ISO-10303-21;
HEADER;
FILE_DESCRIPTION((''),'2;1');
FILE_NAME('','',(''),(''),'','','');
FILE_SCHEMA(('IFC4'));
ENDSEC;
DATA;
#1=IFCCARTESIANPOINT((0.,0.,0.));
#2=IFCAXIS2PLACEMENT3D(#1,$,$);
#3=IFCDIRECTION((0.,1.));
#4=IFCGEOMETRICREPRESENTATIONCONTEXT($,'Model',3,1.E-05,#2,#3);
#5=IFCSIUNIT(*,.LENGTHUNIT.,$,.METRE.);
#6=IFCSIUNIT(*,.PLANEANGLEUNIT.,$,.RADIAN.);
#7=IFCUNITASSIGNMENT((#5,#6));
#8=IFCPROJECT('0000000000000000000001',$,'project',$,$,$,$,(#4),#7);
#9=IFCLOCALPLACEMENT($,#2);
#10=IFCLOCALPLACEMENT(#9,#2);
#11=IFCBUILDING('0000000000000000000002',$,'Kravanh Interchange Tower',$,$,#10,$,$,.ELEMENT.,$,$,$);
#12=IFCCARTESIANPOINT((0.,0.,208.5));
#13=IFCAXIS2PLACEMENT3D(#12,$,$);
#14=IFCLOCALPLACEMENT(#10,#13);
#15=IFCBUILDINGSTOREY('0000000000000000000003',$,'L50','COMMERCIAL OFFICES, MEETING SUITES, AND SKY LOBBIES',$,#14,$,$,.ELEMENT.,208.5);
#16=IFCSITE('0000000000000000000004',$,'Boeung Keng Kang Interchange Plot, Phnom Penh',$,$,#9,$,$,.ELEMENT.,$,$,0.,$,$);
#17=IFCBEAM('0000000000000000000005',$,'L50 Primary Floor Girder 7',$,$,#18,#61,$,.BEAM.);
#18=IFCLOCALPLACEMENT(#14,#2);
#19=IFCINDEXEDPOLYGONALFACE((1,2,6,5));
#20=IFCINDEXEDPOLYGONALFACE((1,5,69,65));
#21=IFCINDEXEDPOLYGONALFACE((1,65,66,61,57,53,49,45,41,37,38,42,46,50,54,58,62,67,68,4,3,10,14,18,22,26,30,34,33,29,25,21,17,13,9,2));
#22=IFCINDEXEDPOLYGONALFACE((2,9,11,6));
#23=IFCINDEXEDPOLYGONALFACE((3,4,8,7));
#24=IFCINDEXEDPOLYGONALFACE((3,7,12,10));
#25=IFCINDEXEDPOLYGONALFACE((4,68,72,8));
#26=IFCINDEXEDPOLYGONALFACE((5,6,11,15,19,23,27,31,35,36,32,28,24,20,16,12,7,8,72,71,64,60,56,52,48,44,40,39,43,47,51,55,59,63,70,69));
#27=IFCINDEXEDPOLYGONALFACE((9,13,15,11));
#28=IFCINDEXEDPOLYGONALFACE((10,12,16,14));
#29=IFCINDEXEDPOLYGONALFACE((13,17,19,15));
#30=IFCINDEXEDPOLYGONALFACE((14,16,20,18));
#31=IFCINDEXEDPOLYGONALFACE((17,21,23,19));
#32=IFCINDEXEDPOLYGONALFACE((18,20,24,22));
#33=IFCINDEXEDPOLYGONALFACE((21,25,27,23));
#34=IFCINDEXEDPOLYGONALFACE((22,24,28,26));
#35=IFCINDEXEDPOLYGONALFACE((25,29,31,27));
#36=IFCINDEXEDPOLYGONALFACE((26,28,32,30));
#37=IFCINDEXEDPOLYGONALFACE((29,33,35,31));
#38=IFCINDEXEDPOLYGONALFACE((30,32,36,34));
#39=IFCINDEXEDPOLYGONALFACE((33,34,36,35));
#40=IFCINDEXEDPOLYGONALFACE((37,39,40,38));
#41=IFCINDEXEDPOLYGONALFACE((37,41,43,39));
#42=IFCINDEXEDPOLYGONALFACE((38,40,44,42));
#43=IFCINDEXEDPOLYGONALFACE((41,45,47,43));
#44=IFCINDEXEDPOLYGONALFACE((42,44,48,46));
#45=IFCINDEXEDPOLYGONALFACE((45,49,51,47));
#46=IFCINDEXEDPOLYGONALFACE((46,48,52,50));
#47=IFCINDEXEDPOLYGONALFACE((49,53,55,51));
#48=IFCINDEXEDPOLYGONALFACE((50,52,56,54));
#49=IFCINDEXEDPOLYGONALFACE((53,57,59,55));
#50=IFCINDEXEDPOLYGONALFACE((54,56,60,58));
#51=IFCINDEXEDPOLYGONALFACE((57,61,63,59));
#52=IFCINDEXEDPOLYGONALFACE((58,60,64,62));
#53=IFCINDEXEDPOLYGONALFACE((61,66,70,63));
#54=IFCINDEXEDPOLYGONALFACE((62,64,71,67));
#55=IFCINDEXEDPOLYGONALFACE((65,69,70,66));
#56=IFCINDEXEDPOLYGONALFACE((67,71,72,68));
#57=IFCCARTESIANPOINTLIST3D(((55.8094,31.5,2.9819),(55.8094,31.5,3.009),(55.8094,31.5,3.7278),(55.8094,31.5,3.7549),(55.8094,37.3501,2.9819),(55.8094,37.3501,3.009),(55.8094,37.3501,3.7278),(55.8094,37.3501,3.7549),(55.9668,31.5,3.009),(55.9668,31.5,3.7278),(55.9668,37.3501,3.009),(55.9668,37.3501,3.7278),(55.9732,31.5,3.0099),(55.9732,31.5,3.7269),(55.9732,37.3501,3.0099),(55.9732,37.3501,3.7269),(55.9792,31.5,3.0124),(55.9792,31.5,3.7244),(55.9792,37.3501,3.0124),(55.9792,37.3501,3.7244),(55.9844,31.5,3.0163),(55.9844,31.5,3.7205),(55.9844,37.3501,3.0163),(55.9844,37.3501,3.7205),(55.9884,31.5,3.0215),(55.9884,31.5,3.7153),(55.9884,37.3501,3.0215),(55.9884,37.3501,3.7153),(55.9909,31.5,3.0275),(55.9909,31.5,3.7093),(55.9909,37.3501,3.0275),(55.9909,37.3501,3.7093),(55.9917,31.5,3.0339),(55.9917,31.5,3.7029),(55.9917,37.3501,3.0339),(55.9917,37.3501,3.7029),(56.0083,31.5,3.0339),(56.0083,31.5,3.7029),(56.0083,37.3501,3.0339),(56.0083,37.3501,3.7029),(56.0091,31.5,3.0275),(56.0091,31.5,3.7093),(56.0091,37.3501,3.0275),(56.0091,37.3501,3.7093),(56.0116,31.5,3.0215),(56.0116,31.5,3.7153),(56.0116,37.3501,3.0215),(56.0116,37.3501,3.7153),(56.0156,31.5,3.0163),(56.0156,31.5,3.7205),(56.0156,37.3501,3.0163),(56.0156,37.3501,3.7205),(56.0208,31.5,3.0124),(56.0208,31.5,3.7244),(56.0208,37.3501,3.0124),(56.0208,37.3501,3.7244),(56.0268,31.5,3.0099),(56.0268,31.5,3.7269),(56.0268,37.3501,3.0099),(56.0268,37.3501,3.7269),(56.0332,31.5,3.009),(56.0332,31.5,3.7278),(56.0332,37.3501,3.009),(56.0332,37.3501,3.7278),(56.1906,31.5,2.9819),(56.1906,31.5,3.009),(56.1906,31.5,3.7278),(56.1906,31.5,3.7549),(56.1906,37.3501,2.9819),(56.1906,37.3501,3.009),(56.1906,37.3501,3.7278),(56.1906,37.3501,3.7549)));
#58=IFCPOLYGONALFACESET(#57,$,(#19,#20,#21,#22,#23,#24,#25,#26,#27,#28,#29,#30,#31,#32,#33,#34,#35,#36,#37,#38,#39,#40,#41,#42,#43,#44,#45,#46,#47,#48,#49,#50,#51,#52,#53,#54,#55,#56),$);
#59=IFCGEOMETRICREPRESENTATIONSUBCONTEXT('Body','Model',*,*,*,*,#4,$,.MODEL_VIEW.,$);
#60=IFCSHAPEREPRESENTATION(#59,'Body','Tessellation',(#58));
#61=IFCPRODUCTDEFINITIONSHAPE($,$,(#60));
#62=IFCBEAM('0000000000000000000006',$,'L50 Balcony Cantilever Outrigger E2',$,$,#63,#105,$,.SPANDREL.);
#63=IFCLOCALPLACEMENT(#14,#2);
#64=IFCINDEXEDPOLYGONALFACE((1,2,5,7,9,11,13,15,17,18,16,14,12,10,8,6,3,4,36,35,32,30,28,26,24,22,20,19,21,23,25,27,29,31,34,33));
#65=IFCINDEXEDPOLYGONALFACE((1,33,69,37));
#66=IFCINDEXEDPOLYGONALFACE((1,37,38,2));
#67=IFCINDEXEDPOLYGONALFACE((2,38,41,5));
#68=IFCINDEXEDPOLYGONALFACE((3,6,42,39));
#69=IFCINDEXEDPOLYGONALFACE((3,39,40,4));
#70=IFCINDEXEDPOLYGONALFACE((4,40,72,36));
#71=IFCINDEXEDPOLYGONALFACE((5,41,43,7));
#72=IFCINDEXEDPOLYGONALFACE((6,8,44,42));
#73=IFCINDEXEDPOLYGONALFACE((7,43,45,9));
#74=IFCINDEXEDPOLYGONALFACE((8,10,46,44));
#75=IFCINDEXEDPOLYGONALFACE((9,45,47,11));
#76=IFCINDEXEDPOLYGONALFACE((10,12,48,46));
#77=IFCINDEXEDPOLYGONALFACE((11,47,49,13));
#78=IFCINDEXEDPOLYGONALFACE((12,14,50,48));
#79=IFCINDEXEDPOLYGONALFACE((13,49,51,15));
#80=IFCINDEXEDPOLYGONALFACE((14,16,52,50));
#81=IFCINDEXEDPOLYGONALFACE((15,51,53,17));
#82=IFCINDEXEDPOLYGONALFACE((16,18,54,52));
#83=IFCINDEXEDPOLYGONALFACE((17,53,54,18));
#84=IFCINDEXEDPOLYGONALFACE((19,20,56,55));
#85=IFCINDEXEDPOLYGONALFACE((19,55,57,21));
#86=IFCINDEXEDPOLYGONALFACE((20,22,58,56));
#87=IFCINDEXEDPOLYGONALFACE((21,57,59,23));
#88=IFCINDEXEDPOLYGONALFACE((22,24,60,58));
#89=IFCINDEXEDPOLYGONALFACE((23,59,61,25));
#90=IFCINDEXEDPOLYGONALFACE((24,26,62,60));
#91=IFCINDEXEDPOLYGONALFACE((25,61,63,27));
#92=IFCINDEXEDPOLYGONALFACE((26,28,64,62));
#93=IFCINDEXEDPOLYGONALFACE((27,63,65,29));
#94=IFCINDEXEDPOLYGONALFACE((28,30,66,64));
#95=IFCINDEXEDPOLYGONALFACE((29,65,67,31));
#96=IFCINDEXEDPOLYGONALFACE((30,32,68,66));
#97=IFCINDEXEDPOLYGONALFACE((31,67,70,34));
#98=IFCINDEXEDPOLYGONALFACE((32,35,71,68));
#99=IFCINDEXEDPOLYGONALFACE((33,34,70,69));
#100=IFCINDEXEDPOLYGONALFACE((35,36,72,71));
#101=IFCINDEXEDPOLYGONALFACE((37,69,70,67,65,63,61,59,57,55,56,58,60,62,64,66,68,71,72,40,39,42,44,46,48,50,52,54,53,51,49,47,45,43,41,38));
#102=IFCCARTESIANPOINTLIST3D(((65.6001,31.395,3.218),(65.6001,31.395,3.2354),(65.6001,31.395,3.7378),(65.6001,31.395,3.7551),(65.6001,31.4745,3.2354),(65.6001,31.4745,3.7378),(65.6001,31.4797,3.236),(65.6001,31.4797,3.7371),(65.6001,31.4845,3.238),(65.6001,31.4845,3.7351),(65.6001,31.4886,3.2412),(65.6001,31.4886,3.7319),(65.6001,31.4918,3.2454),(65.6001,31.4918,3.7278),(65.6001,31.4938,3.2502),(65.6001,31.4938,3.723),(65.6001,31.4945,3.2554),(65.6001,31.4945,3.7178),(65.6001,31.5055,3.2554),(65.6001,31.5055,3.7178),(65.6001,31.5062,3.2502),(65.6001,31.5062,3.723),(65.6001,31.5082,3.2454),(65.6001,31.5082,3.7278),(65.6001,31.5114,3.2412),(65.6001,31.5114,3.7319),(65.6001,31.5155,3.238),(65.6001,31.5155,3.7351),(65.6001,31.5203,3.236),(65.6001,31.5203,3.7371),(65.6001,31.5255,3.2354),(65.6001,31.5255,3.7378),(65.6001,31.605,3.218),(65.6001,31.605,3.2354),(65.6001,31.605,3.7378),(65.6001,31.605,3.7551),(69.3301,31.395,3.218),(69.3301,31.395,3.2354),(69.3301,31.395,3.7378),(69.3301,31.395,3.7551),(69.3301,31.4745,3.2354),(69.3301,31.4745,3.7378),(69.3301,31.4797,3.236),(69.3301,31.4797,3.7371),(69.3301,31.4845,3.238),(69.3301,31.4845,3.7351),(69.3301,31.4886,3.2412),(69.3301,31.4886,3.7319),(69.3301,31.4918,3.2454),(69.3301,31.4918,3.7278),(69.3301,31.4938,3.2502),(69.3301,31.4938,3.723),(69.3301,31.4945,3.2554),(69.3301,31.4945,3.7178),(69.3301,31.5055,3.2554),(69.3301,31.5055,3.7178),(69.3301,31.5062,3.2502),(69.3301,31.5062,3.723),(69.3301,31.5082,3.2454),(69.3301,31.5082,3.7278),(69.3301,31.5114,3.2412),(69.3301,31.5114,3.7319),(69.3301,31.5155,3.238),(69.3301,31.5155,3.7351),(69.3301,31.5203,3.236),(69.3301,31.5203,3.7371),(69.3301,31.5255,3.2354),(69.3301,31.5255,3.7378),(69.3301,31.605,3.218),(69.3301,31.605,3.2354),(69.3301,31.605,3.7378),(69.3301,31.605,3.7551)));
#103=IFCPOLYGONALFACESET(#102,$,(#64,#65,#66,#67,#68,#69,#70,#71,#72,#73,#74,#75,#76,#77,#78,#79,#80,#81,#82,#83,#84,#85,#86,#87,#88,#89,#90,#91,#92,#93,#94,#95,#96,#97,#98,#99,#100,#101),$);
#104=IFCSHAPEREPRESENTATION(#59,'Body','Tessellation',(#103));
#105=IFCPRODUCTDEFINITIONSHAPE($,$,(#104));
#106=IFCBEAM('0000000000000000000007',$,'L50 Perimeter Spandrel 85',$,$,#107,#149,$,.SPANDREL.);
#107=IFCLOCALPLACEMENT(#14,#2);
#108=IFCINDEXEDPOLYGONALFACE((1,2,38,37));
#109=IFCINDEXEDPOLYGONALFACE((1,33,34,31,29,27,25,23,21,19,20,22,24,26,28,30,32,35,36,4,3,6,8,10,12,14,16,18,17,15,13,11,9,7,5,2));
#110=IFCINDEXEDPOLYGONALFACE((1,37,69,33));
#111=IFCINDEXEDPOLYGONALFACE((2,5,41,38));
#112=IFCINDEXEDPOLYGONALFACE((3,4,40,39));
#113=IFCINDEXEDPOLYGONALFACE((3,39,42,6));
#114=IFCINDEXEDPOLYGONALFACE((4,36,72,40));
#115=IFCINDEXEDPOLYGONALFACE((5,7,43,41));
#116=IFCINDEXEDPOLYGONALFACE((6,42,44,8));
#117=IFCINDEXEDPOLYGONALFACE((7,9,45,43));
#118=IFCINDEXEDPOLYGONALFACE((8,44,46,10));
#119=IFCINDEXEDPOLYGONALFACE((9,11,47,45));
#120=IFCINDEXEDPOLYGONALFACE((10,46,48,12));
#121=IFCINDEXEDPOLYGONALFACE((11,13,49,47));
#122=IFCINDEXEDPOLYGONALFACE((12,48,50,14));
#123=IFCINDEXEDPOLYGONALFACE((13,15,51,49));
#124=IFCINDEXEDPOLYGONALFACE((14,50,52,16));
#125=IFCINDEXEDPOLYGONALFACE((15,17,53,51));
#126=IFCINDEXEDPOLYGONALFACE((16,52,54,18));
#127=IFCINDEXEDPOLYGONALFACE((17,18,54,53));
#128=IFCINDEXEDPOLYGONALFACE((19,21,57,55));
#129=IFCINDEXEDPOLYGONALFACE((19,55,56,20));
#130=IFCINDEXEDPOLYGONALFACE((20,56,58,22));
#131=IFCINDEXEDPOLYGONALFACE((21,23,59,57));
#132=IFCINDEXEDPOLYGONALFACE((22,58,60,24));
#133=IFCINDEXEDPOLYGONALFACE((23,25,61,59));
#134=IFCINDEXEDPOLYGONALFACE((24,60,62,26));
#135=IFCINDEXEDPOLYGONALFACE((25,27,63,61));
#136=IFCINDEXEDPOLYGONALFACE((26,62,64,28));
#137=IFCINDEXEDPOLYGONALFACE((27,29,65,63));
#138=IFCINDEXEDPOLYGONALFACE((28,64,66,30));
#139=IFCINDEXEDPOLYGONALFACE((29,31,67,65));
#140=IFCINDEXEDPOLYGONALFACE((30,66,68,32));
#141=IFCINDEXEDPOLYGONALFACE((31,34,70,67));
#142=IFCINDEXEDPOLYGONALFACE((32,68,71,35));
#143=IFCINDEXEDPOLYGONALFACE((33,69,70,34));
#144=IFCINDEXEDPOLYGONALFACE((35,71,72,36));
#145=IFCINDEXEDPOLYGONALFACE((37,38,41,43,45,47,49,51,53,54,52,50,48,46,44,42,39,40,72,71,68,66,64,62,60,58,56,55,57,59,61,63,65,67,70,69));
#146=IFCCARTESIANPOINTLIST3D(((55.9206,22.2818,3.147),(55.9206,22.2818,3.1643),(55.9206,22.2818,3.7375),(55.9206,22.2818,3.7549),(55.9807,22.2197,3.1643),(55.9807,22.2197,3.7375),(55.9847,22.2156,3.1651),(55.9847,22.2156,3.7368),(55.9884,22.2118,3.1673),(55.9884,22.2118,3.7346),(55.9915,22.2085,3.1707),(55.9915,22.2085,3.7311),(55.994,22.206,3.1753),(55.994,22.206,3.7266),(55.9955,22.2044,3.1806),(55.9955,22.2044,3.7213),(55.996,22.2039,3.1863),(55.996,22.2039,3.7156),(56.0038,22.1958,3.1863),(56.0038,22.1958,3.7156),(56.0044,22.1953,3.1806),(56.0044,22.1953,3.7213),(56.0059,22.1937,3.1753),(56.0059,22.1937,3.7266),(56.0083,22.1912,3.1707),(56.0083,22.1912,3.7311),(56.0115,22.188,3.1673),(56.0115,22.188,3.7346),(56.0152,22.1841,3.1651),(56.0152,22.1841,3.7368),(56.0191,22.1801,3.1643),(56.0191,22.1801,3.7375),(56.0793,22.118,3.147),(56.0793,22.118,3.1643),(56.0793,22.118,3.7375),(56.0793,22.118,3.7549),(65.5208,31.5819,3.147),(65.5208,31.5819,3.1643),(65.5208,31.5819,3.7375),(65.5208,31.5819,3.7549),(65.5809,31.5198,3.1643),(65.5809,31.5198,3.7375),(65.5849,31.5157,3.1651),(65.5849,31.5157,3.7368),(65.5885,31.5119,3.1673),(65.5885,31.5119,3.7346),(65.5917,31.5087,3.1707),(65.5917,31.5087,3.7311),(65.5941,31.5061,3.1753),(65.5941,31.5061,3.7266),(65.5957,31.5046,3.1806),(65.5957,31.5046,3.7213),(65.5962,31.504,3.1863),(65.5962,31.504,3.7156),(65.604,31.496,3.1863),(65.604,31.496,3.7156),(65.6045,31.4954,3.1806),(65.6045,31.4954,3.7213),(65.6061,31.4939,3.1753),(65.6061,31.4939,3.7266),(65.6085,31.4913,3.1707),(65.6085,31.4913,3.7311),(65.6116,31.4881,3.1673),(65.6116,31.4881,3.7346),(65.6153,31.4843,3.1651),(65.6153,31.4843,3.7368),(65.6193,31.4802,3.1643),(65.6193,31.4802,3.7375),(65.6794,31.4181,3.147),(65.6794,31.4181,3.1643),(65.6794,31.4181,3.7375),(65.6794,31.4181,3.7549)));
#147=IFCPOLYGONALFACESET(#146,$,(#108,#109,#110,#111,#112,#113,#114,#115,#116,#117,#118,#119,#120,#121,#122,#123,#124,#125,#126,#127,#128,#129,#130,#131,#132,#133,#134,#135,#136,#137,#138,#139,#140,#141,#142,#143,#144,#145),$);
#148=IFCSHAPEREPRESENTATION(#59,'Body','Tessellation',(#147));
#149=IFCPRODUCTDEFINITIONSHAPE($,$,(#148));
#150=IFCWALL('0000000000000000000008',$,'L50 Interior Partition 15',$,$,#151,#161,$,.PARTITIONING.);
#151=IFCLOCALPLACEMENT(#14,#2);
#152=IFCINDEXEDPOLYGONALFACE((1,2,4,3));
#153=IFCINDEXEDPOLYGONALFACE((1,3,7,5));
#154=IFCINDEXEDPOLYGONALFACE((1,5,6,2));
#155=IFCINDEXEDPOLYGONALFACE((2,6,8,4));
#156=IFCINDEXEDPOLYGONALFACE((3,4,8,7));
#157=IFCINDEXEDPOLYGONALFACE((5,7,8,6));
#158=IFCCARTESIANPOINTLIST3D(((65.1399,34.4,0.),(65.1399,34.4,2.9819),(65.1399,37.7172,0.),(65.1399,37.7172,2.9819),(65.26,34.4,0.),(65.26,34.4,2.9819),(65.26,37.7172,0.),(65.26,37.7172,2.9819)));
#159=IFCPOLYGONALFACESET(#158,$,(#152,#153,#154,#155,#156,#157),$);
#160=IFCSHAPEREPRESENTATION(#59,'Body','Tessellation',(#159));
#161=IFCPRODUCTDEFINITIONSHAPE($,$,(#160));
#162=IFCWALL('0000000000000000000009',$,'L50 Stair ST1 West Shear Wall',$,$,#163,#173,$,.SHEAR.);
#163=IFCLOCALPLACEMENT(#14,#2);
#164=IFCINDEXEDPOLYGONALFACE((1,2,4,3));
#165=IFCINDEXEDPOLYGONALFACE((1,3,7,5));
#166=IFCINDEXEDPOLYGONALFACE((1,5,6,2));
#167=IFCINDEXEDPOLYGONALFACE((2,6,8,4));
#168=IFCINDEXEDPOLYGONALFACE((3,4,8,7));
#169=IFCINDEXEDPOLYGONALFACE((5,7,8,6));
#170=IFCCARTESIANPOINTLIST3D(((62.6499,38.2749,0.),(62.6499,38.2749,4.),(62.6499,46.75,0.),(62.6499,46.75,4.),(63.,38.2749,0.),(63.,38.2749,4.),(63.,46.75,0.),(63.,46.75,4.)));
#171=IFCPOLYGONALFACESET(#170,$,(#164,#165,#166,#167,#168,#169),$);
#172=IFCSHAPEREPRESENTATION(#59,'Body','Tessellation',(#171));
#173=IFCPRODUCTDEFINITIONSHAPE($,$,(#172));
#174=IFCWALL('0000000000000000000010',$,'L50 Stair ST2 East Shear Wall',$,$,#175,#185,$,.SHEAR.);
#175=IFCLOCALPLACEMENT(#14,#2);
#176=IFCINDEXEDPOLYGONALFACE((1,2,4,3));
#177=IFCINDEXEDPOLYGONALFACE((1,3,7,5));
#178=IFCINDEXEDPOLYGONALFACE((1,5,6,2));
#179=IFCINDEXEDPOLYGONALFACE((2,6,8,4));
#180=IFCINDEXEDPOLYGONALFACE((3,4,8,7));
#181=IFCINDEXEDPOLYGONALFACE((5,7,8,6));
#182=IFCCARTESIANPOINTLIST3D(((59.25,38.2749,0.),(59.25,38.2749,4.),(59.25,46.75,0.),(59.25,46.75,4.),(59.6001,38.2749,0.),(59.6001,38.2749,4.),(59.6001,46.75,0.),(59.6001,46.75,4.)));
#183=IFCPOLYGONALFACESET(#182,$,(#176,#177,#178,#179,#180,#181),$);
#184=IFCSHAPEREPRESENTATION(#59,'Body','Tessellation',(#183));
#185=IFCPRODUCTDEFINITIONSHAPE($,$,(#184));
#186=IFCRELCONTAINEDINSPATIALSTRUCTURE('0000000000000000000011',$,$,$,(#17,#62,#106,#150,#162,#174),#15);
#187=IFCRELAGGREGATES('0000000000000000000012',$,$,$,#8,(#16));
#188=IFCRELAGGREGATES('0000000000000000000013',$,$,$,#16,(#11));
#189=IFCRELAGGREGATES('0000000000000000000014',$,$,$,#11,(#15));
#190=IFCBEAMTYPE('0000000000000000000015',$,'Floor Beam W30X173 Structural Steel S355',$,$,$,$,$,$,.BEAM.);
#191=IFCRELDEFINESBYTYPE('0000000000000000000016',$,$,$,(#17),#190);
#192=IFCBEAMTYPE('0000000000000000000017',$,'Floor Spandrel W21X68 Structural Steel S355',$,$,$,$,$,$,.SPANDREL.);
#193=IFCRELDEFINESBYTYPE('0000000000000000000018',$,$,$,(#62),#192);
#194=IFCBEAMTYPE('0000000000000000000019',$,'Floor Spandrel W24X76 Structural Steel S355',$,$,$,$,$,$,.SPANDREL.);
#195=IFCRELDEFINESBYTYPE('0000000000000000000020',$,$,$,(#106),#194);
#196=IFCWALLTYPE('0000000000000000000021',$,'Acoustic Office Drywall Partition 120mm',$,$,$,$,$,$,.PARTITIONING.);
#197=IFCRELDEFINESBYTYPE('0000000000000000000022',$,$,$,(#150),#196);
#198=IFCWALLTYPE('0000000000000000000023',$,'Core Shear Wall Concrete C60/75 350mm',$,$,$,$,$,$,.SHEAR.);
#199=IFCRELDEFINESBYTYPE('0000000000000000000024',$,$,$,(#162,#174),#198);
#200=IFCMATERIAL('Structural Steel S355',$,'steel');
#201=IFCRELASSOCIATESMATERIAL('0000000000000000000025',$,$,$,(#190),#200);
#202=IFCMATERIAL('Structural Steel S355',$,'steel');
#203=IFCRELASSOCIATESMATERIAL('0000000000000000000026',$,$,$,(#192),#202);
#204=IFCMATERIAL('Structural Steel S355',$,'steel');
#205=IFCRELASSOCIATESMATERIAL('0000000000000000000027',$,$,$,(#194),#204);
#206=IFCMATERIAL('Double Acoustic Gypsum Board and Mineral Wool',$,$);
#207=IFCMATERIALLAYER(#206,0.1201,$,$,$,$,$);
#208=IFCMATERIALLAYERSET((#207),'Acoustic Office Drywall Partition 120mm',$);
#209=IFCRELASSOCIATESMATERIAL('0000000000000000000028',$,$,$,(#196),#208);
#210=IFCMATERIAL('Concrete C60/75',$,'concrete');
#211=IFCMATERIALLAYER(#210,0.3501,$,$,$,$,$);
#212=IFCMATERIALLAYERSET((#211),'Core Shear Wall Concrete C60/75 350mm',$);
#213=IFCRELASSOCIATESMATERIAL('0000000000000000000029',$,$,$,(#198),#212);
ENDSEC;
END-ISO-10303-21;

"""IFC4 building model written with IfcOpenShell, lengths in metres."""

from ifc_helpers import new_model, si_unit, direction, frame, frame_2d, origin, origin_2d, place, context, subcontext, project, spatial, rectangle, i_section, extrude, material, layer, layer_set, material_profile, profile_set, type_object, element, save


model = new_model("IFC4")

# Units and contexts
model_context = context("Model", 3, precision=1e-05, world=origin(), true_north=direction((0.0, 1.0)))
body_context = subcontext(model_context, "Body", "Model", "MODEL_VIEW")
ifc_project = project(units=[si_unit("LENGTHUNIT", "METRE"), si_unit("PLANEANGLEUNIT", "RADIAN")], contexts=[model_context])

# Site, building, storey
site_placement = place(None, origin())
site = spatial("IfcSite", under=ifc_project, at=site_placement, Name="Boeung Keng Kang Interchange Plot, Phnom Penh", CompositionType="ELEMENT", RefElevation=0.0)
building_placement = place(site_placement, origin())
building = spatial("IfcBuilding", under=site, at=building_placement, Name="Kravanh Interchange Tower", CompositionType="ELEMENT")
storey_placement = place(building_placement, frame((0.0, 0.0, 208.5)))
storey = spatial("IfcBuildingStorey", under=building, at=storey_placement, Name="L50", Description="COMMERCIAL OFFICES, MEETING SUITES, AND SKY LOBBIES", CompositionType="ELEMENT", Elevation=208.5)

# Beams
ifc_material_1 = material(Name="Structural Steel S355", Category="steel")
ifc_material_profile_1 = material_profile(ifc_material_1, i_section(OverallWidth=0.3811, OverallDepth=0.7729, WebThickness=0.0166, FlangeThickness=0.0271, FilletRadius=0.0249, at=origin_2d()), Name="W30X173")
ifc_profile_set_1 = profile_set([ifc_material_profile_1], Name="Structural Steel S355")
beam_type_1 = type_object("IfcBeamType", Name="Floor Beam W30X173 Structural Steel S355", PredefinedType="BEAM", material=ifc_profile_set_1)
beam_1_placement = place(storey_placement, frame((56.0, 37.3501, 3.3684), z_axis=(0.0, -1.0, 0.0), x_axis=(1.0, 0.0, 0.0)))
element("IfcBeam", 1, at=beam_1_placement, inside=storey, type_object=beam_type_1, Name="L50 Primary Floor Girder 7", PredefinedType="BEAM", context=body_context, shape_type="SweptSolid", body=[
    extrude(i_section(OverallWidth=0.3811, OverallDepth=0.7729, WebThickness=0.0166, FlangeThickness=0.0271, FilletRadius=0.0249, at=origin_2d()), origin(), (0.0, 0.0, 1.0), 5.8501),
])
ifc_material_2 = material(Name="Structural Steel S355", Category="steel")
ifc_material_profile_2 = material_profile(ifc_material_2, i_section(OverallWidth=0.21, OverallDepth=0.5371, WebThickness=0.011, FlangeThickness=0.0173, FilletRadius=0.02, at=origin_2d()), Name="W21X68")
ifc_profile_set_2 = profile_set([ifc_material_profile_2], Name="Structural Steel S355")
beam_type_2 = type_object("IfcBeamType", Name="Floor Spandrel W21X68 Structural Steel S355", PredefinedType="SPANDREL", material=ifc_profile_set_2)
beam_2_placement = place(storey_placement, frame((65.6001, 31.5, 3.4866), z_axis=(1.0, 0.0, 0.0), x_axis=(0.0, 1.0, 0.0)))
element("IfcBeam", 2, at=beam_2_placement, inside=storey, type_object=beam_type_2, Name="L50 Balcony Cantilever Outrigger E2", PredefinedType="SPANDREL", context=body_context, shape_type="SweptSolid", body=[
    extrude(i_section(OverallWidth=0.21, OverallDepth=0.5371, WebThickness=0.011, FlangeThickness=0.0173, FilletRadius=0.02, at=origin_2d()), origin(), (0.0, 0.0, 1.0), 3.73),
])
ifc_material_3 = material(Name="Structural Steel S355", Category="steel")
ifc_material_profile_3 = material_profile(ifc_material_3, i_section(OverallWidth=0.228, OverallDepth=0.6079, WebThickness=0.0112, FlangeThickness=0.0173, FilletRadius=0.022, at=origin_2d()), Name="W24X76")
ifc_profile_set_3 = profile_set([ifc_material_profile_3], Name="Structural Steel S355")
beam_type_3 = type_object("IfcBeamType", Name="Floor Spandrel W24X76 Structural Steel S355", PredefinedType="SPANDREL", material=ifc_profile_set_3)
beam_3_placement = place(storey_placement, frame((65.6001, 31.5, 3.4509), z_axis=(-0.718242, -0.695793, 0.0), x_axis=(0.695793, -0.718242, 0.0)))
element("IfcBeam", 3, at=beam_3_placement, inside=storey, type_object=beam_type_3, Name="L50 Perimeter Spandrel 85", PredefinedType="SPANDREL", context=body_context, shape_type="SweptSolid", body=[
    extrude(i_section(OverallWidth=0.228, OverallDepth=0.6079, WebThickness=0.0112, FlangeThickness=0.0173, FilletRadius=0.022, at=origin_2d()), origin(), (0.0, 0.0, 1.0), 13.3662),
])

# Walls
ifc_material_4 = material(Name="Double Acoustic Gypsum Board and Mineral Wool")
ifc_layer_1 = layer(ifc_material_4, 0.1201)
ifc_layer_set_1 = layer_set([ifc_layer_1], Name="Acoustic Office Drywall Partition 120mm")
wall_type_1 = type_object("IfcWallType", Name="Acoustic Office Drywall Partition 120mm", PredefinedType="PARTITIONING", material=ifc_layer_set_1)
wall_1_placement = place(storey_placement, frame((65.2, 34.3999, 0.0), z_axis=(0.0, 0.0, 1.0), x_axis=(0.0, 1.0, 0.0)))
element("IfcWall", 4, at=wall_1_placement, inside=storey, type_object=wall_type_1, Name="L50 Interior Partition 15", PredefinedType="PARTITIONING", context=body_context, shape_type="SweptSolid", body=[
    extrude(rectangle(XDim=3.3171, YDim=0.1201, at=frame_2d((1.6587, 0.0))), origin(), (0.0, 0.0, 1.0), 2.9819),
])
ifc_material_5 = material(Name="Concrete C60/75", Category="concrete")
ifc_layer_2 = layer(ifc_material_5, 0.3501)
ifc_layer_set_2 = layer_set([ifc_layer_2], Name="Core Shear Wall Concrete C60/75 350mm")
wall_type_2 = type_object("IfcWallType", Name="Core Shear Wall Concrete C60/75 350mm", PredefinedType="SHEAR", material=ifc_layer_set_2)
for number, where, z_axis, x_axis, name in (
    (5, (62.825, 38.2749, 0.0), (0.0, 0.0, 1.0), (0.0, 1.0, 0.0), "L50 Stair ST1 West Shear Wall"),
    (6, (59.425, 38.2749, 0.0), (0.0, 0.0, 1.0), (0.0, 1.0, 0.0), "L50 Stair ST2 East Shear Wall"),
):
    element("IfcWall", number, at=place(storey_placement, frame(where, z_axis=z_axis, x_axis=x_axis)), inside=storey, type_object=wall_type_2, Name=name, PredefinedType="SHEAR", context=body_context, shape_type="SweptSolid", body=[
        extrude(rectangle(XDim=8.4751, YDim=0.3501, at=frame_2d((4.2375, 0.0))), origin(), (0.0, 0.0, 1.0), 4.0),
    ])

save(model, "model.ifc")
